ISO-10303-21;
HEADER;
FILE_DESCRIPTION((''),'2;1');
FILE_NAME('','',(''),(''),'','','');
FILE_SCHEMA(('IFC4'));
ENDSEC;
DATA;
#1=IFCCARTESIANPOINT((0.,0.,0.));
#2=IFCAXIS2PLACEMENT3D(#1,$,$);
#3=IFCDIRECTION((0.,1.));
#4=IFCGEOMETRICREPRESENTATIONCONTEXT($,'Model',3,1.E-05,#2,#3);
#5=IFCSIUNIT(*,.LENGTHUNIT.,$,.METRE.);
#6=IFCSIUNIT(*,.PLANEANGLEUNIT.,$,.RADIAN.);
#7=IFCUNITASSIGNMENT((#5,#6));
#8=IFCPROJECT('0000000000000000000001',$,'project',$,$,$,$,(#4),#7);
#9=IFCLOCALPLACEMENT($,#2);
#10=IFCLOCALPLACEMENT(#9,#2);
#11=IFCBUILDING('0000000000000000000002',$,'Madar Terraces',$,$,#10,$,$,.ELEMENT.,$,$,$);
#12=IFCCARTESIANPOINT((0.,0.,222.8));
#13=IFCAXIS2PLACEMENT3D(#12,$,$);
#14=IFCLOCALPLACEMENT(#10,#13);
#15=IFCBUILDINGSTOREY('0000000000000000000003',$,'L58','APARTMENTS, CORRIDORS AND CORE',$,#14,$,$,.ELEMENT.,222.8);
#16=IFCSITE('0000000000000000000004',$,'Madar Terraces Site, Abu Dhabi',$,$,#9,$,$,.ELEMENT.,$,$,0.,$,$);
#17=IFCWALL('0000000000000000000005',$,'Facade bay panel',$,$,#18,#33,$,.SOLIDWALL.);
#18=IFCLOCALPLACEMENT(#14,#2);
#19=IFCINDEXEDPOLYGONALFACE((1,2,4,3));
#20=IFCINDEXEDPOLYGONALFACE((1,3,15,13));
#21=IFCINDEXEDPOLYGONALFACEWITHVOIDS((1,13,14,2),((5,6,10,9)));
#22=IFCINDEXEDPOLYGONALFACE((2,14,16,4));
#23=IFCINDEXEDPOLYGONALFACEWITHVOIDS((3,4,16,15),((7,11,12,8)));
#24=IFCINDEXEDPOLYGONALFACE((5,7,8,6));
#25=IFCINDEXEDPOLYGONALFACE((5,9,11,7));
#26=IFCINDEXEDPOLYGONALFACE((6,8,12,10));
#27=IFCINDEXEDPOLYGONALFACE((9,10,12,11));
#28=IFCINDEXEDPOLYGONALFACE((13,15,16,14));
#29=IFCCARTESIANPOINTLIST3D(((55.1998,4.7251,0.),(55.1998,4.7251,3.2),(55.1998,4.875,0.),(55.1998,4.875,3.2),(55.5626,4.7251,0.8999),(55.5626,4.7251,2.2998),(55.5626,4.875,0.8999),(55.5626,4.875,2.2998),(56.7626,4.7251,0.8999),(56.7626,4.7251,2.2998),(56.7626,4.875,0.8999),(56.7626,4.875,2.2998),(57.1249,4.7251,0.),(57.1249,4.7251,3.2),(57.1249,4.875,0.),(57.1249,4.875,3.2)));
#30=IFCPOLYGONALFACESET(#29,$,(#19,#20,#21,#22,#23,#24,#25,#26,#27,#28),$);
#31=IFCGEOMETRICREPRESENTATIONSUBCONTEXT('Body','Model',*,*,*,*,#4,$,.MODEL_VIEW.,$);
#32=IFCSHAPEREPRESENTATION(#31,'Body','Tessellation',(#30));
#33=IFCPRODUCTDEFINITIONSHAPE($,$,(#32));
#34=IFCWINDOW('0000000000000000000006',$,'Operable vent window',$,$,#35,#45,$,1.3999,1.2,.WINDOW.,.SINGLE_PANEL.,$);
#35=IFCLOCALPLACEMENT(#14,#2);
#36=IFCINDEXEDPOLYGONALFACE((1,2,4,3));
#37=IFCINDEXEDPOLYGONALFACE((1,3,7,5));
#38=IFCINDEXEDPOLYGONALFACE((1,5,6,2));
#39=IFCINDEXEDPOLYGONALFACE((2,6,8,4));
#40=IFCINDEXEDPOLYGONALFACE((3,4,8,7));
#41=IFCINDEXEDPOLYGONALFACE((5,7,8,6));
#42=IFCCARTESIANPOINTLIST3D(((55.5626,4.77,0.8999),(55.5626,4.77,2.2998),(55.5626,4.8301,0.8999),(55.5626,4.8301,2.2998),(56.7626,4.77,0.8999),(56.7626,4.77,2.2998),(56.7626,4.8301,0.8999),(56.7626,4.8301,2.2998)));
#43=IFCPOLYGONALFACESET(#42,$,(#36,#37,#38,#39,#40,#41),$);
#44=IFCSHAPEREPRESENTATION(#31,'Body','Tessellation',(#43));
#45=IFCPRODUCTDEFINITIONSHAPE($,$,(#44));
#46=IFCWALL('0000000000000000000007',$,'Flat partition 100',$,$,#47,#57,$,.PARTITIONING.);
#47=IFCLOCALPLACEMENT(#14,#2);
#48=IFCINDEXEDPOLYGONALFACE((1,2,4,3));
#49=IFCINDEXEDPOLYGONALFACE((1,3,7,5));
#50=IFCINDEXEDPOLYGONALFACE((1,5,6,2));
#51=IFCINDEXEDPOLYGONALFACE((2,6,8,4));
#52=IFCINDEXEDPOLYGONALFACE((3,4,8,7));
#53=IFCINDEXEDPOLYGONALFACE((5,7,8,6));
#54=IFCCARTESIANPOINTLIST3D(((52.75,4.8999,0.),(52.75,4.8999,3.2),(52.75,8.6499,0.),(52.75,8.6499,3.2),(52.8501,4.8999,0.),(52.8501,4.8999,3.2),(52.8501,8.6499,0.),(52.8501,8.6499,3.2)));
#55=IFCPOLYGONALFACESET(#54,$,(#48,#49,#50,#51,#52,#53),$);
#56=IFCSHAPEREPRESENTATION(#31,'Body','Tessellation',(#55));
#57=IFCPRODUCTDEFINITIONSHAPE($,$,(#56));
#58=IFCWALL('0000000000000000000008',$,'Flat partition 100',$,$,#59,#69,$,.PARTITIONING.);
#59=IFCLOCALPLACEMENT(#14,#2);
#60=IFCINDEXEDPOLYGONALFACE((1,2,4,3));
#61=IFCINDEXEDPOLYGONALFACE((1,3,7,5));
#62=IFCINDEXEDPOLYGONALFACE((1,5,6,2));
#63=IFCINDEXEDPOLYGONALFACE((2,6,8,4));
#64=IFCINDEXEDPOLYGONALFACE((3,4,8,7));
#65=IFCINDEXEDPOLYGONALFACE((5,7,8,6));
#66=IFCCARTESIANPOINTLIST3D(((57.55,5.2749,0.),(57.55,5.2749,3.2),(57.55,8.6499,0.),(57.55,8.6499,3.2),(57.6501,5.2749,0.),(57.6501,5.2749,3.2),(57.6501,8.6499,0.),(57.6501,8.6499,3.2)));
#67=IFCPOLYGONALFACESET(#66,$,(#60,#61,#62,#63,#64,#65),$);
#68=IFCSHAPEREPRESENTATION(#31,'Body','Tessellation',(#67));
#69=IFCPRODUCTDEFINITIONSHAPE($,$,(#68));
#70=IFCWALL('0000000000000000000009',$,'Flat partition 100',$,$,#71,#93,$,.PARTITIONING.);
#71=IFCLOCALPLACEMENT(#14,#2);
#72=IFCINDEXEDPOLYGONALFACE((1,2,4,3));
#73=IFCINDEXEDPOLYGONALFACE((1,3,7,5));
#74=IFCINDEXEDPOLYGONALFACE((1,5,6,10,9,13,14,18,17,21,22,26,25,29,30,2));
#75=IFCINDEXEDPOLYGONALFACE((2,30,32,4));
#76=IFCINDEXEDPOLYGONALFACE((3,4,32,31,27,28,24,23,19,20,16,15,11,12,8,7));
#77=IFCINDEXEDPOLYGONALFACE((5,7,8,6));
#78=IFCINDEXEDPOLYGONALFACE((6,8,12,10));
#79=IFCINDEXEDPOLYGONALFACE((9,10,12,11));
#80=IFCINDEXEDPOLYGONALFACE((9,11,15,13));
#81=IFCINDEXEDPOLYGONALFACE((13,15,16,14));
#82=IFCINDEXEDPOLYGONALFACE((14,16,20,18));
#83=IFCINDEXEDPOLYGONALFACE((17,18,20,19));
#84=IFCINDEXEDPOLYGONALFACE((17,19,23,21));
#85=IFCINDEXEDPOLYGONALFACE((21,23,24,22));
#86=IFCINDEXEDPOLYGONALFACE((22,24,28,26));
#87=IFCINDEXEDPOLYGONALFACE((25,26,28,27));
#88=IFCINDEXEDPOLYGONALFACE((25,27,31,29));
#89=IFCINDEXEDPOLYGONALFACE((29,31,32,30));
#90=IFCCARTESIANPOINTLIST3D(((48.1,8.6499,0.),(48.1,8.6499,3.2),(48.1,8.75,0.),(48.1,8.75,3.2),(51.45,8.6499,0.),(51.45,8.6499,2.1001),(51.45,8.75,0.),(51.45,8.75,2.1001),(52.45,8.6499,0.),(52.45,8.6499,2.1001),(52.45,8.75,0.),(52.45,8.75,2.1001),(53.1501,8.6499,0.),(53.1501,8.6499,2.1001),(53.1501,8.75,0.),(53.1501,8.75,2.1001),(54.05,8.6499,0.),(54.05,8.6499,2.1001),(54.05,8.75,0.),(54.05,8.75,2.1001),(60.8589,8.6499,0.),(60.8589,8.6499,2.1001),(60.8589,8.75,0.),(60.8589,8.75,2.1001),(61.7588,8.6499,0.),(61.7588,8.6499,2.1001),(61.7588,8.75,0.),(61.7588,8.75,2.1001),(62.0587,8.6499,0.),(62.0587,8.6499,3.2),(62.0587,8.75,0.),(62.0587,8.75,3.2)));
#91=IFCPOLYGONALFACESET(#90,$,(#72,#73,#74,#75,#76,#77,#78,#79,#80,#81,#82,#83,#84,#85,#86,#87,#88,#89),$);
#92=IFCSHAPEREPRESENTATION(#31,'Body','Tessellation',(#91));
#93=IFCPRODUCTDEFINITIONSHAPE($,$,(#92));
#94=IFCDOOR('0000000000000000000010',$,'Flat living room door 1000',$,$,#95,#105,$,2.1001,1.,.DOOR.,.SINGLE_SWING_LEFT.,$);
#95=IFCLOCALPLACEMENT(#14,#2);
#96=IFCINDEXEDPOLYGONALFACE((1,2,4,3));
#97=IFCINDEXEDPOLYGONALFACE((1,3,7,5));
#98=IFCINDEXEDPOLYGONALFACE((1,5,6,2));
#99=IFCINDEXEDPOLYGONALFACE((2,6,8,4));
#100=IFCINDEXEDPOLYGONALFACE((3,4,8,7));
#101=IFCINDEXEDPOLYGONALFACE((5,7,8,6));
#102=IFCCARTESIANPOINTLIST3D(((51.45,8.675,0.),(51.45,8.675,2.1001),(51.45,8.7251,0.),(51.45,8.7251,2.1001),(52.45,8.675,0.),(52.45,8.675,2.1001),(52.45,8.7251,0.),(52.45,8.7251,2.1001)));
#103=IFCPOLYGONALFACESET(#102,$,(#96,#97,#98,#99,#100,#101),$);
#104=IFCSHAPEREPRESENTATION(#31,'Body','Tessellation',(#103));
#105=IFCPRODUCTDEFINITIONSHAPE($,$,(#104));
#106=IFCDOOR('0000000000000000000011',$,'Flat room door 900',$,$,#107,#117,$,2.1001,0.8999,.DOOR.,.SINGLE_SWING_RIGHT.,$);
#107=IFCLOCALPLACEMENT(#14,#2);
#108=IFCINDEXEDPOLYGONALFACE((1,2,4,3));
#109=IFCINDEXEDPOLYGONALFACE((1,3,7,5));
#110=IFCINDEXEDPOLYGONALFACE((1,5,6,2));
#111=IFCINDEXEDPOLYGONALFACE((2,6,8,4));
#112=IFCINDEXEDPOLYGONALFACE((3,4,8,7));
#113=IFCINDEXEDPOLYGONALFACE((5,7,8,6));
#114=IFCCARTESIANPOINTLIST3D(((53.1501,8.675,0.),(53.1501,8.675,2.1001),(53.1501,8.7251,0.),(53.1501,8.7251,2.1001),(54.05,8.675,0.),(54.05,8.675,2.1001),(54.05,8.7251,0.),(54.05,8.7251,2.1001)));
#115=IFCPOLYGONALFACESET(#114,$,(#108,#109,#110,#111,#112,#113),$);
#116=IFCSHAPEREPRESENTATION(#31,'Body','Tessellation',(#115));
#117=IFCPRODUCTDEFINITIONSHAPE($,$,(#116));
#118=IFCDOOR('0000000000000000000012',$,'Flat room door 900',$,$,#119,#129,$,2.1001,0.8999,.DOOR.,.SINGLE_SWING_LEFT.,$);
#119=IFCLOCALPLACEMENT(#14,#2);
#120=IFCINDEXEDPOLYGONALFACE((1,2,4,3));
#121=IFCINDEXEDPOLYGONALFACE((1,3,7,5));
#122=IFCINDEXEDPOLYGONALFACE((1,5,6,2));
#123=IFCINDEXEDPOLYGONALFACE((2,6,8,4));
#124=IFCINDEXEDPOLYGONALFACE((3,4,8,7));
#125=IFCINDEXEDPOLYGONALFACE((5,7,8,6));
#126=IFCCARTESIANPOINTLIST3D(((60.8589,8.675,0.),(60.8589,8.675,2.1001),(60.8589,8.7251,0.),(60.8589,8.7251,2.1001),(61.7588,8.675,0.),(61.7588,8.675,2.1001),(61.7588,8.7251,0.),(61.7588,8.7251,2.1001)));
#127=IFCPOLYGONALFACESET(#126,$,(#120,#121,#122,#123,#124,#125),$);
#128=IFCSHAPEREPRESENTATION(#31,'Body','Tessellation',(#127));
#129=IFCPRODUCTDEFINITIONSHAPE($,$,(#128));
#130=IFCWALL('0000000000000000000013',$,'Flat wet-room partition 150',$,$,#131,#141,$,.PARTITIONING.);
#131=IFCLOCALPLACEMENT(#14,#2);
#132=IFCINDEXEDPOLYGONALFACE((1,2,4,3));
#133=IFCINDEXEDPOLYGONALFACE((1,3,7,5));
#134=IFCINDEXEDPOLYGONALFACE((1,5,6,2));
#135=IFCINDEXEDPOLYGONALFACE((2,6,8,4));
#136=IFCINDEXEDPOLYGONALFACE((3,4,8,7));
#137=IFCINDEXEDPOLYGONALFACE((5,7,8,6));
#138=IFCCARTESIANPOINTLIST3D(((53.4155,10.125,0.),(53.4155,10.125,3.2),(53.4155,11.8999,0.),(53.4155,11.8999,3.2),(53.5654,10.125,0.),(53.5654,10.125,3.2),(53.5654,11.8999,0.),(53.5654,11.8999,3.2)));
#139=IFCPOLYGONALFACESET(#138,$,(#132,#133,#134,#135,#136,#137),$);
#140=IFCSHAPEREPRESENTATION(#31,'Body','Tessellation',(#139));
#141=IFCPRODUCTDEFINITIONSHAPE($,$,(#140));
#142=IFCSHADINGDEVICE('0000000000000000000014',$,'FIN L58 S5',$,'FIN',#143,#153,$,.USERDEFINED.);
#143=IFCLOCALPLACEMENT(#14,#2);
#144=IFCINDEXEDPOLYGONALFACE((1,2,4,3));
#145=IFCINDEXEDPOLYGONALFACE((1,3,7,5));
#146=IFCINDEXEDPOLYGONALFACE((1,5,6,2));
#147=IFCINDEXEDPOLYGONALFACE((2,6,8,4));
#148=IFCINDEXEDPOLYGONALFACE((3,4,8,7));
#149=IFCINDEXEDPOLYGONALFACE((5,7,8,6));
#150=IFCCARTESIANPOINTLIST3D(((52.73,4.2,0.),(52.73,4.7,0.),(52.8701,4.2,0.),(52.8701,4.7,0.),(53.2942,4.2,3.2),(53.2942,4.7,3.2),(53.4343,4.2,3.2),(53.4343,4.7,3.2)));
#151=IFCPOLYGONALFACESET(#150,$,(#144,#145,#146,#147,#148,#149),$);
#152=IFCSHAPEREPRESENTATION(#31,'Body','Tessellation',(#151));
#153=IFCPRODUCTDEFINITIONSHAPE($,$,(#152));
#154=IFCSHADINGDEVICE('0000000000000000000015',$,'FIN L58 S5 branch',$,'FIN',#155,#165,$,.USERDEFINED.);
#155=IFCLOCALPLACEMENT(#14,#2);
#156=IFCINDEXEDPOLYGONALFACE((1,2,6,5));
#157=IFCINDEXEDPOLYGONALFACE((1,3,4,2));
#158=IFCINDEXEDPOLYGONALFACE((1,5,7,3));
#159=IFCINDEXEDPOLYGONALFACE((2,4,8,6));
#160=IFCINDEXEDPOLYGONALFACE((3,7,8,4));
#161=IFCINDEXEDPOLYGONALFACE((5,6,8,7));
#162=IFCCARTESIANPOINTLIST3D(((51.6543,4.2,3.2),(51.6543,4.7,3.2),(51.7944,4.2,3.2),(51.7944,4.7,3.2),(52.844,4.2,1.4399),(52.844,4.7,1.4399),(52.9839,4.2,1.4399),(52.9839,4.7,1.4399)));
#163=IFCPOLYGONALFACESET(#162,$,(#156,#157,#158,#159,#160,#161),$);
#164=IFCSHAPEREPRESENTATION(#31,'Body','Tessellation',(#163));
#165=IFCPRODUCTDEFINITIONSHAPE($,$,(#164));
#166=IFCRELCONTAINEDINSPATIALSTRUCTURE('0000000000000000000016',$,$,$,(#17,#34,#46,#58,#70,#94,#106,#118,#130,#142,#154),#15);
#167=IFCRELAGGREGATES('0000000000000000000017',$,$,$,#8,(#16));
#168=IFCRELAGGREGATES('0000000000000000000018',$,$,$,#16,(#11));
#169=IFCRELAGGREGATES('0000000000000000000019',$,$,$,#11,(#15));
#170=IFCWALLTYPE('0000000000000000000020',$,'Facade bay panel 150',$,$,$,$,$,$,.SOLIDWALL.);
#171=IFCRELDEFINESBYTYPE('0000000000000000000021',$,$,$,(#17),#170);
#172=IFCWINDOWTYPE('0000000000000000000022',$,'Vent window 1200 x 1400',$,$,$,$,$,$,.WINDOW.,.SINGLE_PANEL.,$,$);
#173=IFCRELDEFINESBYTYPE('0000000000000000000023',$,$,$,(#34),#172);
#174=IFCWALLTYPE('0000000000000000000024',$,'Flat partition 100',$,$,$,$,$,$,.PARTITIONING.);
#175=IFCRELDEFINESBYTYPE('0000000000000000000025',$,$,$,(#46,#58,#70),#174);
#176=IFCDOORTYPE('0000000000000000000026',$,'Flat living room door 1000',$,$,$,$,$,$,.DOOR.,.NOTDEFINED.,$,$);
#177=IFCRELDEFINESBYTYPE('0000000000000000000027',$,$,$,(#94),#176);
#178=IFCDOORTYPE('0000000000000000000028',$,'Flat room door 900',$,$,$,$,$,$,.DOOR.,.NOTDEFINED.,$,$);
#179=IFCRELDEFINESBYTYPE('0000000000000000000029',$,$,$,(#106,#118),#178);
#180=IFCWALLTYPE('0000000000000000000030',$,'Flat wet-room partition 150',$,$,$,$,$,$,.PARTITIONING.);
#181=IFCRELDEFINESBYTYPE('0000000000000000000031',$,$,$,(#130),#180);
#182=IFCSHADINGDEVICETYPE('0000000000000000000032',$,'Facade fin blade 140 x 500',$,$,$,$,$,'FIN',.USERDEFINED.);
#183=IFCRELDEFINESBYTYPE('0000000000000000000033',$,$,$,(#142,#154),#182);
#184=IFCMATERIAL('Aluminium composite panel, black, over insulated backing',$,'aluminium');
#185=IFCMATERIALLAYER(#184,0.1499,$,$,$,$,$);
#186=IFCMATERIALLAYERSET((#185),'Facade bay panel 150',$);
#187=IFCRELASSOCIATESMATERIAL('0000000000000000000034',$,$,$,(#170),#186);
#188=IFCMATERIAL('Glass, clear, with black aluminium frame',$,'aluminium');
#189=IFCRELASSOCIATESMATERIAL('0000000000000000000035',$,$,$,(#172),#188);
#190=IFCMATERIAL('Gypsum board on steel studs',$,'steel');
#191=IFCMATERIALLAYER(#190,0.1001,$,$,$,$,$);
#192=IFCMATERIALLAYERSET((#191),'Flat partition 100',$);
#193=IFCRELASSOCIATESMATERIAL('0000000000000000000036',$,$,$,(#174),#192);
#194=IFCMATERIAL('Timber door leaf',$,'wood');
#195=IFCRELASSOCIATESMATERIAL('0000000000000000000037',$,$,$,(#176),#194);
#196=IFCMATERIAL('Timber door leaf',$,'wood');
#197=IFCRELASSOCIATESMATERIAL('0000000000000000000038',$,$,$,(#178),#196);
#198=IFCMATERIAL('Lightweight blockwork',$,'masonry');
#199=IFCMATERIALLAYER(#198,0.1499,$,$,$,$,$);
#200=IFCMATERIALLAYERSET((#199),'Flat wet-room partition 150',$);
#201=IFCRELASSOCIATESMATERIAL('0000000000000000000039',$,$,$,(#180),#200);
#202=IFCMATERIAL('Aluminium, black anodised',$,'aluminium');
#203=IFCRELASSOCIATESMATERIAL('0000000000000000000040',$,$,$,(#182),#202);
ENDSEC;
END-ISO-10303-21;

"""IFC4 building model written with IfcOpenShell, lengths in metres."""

from ifc_helpers import new_model, si_unit, direction, frame, frame_2d, origin, place, context, subcontext, project, spatial, polyline, rectangle, outline, extrude, material, layer, layer_set, type_object, element, fill, save


model = new_model("IFC4")

# Units and contexts
model_context = context("Model", 3, precision=1e-05, world=origin(), true_north=direction((0.0, 1.0)))
body_context = subcontext(model_context, "Body", "Model", "MODEL_VIEW")
ifc_project = project(units=[si_unit("LENGTHUNIT", "METRE"), si_unit("PLANEANGLEUNIT", "RADIAN")], contexts=[model_context])

# Site, building, storey
site_placement = place(None, origin())
site = spatial("IfcSite", under=ifc_project, at=site_placement, Name="Madar Terraces Site, Abu Dhabi", CompositionType="ELEMENT", RefElevation=0.0)
building_placement = place(site_placement, origin())
building = spatial("IfcBuilding", under=site, at=building_placement, Name="Madar Terraces", CompositionType="ELEMENT")
storey_placement = place(building_placement, frame((0.0, 0.0, 222.8)))
storey = spatial("IfcBuildingStorey", under=building, at=storey_placement, Name="L58", Description="APARTMENTS, CORRIDORS AND CORE", CompositionType="ELEMENT", Elevation=222.8)

# Shared definitions
ifc_material_1 = material(Name="Aluminium composite panel, black, over insulated backing", Category="aluminium")
ifc_layer_1 = layer(ifc_material_1, 0.1499)
ifc_layer_set_1 = layer_set([ifc_layer_1], Name="Facade bay panel 150")
wall_type_1 = type_object("IfcWallType", Name="Facade bay panel 150", PredefinedType="SOLIDWALL", material=ifc_layer_set_1)

# Wall, opening, window
wall_1_placement = place(storey_placement, frame((55.2, 4.8, 0.0), z_axis=(0.0, 0.0, 1.0), x_axis=(1.0, 0.0, 0.0)))
wall_1 = element("IfcWall", 1, at=wall_1_placement, inside=storey, type_object=wall_type_1, Name="Facade bay panel", PredefinedType="SOLIDWALL", context=body_context, shape_type="SweptSolid", body=[
    extrude(rectangle(XDim=1.925, YDim=0.1499, at=frame_2d((0.9624, 0.0))), origin(), (0.0, 0.0, 1.0), 3.2),
])
opening_1_placement = place(wall_1_placement, frame((0.3625, 0.0, 0.8999)))
opening_1 = element("IfcOpeningElement", 2, at=opening_1_placement, cuts=wall_1, PredefinedType="OPENING", context=body_context, shape_type="SweptSolid", body=[
    extrude(rectangle(XDim=1.2, YDim=1.3999, at=frame_2d((0.6001, 0.7))), frame((0.0, 0.085, 0.0), z_axis=(0.0, -1.0, 0.0), x_axis=(1.0, 0.0, 0.0)), (0.0, 0.0, 1.0), 0.1699),
])
ifc_material_2 = material(Name="Glass, clear, with black aluminium frame", Category="aluminium")
window_type = type_object("IfcWindowType", Name="Vent window 1200 x 1400", PartitioningType="SINGLE_PANEL", PredefinedType="WINDOW", material=ifc_material_2)
window_placement = place(opening_1_placement, origin())
window = element("IfcWindow", 3, at=window_placement, inside=storey, type_object=window_type, Name="Operable vent window", OverallHeight=1.3999, OverallWidth=1.2, PartitioningType="SINGLE_PANEL", PredefinedType="WINDOW", context=body_context, shape_type="SweptSolid", body=[
    extrude(rectangle(XDim=1.2, YDim=1.3999, at=frame_2d((0.6001, 0.7))), frame((0.0, 0.03, 0.0), z_axis=(0.0, -1.0, 0.0), x_axis=(1.0, 0.0, 0.0)), (0.0, 0.0, 1.0), 0.0601),
])
fill(opening_1, window)

# Walls
ifc_material_3 = material(Name="Gypsum board on steel studs", Category="steel")
ifc_layer_2 = layer(ifc_material_3, 0.1001)
ifc_layer_set_2 = layer_set([ifc_layer_2], Name="Flat partition 100")
wall_type_2 = type_object("IfcWallType", Name="Flat partition 100", PredefinedType="PARTITIONING", material=ifc_layer_set_2)
wall_2_placement = place(storey_placement, frame((52.8, 8.6499, 0.0), z_axis=(0.0, 0.0, 1.0), x_axis=(0.0, -1.0, 0.0)))
element("IfcWall", 4, at=wall_2_placement, inside=storey, type_object=wall_type_2, Name="Flat partition 100", PredefinedType="PARTITIONING", context=body_context, shape_type="SweptSolid", body=[
    extrude(rectangle(XDim=3.75, YDim=0.1001, at=frame_2d((1.875, 0.0))), origin(), (0.0, 0.0, 1.0), 3.2),
])
wall_3_placement = place(storey_placement, frame((57.6001, 8.6499, 0.0), z_axis=(0.0, 0.0, 1.0), x_axis=(0.0, -1.0, 0.0)))
element("IfcWall", 5, at=wall_3_placement, inside=storey, type_object=wall_type_2, Name="Flat partition 100", PredefinedType="PARTITIONING", context=body_context, shape_type="SweptSolid", body=[
    extrude(rectangle(XDim=3.375, YDim=0.1001, at=frame_2d((1.6875, 0.0))), origin(), (0.0, 0.0, 1.0), 3.2),
])

# Wall, openings, doors
wall_4_placement = place(storey_placement, frame((62.0588, 8.7, 0.0), z_axis=(0.0, 0.0, 1.0), x_axis=(-1.0, 0.0, 0.0)))
wall_4 = element("IfcWall", 6, at=wall_4_placement, inside=storey, type_object=wall_type_2, Name="Flat partition 100", PredefinedType="PARTITIONING", context=body_context, shape_type="SweptSolid", body=[
    extrude(rectangle(XDim=13.9587, YDim=0.1001, at=frame_2d((6.9795, 0.0))), origin(), (0.0, 0.0, 1.0), 3.2),
])
opening_2_placement = place(wall_4_placement, frame((9.6089, 0.0, 0.0)))
opening_2 = element("IfcOpeningElement", 7, at=opening_2_placement, cuts=wall_4, PredefinedType="OPENING", context=body_context, shape_type="SweptSolid", body=[
    extrude(rectangle(XDim=1.0, YDim=2.1001, at=frame_2d((0.5, 1.05))), frame((0.0, 0.0601, 0.0), z_axis=(0.0, -1.0, 0.0), x_axis=(1.0, 0.0, 0.0)), (0.0, 0.0, 1.0), 0.1201),
])
opening_3_placement = place(wall_4_placement, frame((8.0088, 0.0, 0.0)))
opening_3 = element("IfcOpeningElement", 8, at=opening_3_placement, cuts=wall_4, PredefinedType="OPENING", context=body_context, shape_type="SweptSolid", body=[
    extrude(rectangle(XDim=0.8999, YDim=2.1001, at=frame_2d((0.45, 1.05))), frame((0.0, 0.0601, 0.0), z_axis=(0.0, -1.0, 0.0), x_axis=(1.0, 0.0, 0.0)), (0.0, 0.0, 1.0), 0.1201),
])
opening_4_placement = place(wall_4_placement, frame((0.3, 0.0, 0.0)))
opening_4 = element("IfcOpeningElement", 9, at=opening_4_placement, cuts=wall_4, PredefinedType="OPENING", context=body_context, shape_type="SweptSolid", body=[
    extrude(rectangle(XDim=0.8999, YDim=2.1001, at=frame_2d((0.45, 1.05))), frame((0.0, 0.0601, 0.0), z_axis=(0.0, -1.0, 0.0), x_axis=(1.0, 0.0, 0.0)), (0.0, 0.0, 1.0), 0.1201),
])
ifc_material_4 = material(Name="Timber door leaf", Category="wood")
door_type_1 = type_object("IfcDoorType", Name="Flat living room door 1000", OperationType="NOTDEFINED", PredefinedType="DOOR", material=ifc_material_4)
door_1_placement = place(opening_2_placement, origin())
door_1 = element("IfcDoor", 10, at=door_1_placement, inside=storey, type_object=door_type_1, Name="Flat living room door 1000", OperationType="SINGLE_SWING_LEFT", OverallHeight=2.1001, OverallWidth=1.0, PredefinedType="DOOR", context=body_context, shape_type="SweptSolid", body=[
    extrude(rectangle(XDim=1.0, YDim=2.1001, at=frame_2d((0.5, 1.05))), frame((0.0, 0.0249, 0.0), z_axis=(0.0, -1.0, 0.0), x_axis=(1.0, 0.0, 0.0)), (0.0, 0.0, 1.0), 0.05),
])
fill(opening_2, door_1)
ifc_material_5 = material(Name="Timber door leaf", Category="wood")
door_type_2 = type_object("IfcDoorType", Name="Flat room door 900", OperationType="NOTDEFINED", PredefinedType="DOOR", material=ifc_material_5)
door_2_placement = place(opening_3_placement, origin())
door_2 = element("IfcDoor", 11, at=door_2_placement, inside=storey, type_object=door_type_2, Name="Flat room door 900", OperationType="SINGLE_SWING_RIGHT", OverallHeight=2.1001, OverallWidth=0.8999, PredefinedType="DOOR", context=body_context, shape_type="SweptSolid", body=[
    extrude(rectangle(XDim=0.8999, YDim=2.1001, at=frame_2d((0.45, 1.05))), frame((0.0, 0.0249, 0.0), z_axis=(0.0, -1.0, 0.0), x_axis=(1.0, 0.0, 0.0)), (0.0, 0.0, 1.0), 0.05),
])
fill(opening_3, door_2)
door_3_placement = place(opening_4_placement, origin())
door_3 = element("IfcDoor", 12, at=door_3_placement, inside=storey, type_object=door_type_2, Name="Flat room door 900", OperationType="SINGLE_SWING_LEFT", OverallHeight=2.1001, OverallWidth=0.8999, PredefinedType="DOOR", context=body_context, shape_type="SweptSolid", body=[
    extrude(rectangle(XDim=0.8999, YDim=2.1001, at=frame_2d((0.45, 1.05))), frame((0.0, 0.0249, 0.0), z_axis=(0.0, -1.0, 0.0), x_axis=(1.0, 0.0, 0.0)), (0.0, 0.0, 1.0), 0.05),
])
fill(opening_4, door_3)

# Wall
ifc_material_6 = material(Name="Lightweight blockwork", Category="masonry")
ifc_layer_3 = layer(ifc_material_6, 0.1499)
ifc_layer_set_3 = layer_set([ifc_layer_3], Name="Flat wet-room partition 150")
wall_type_3 = type_object("IfcWallType", Name="Flat wet-room partition 150", PredefinedType="PARTITIONING", material=ifc_layer_set_3)
wall_5_placement = place(storey_placement, frame((53.4905, 11.8999, 0.0), z_axis=(0.0, 0.0, 1.0), x_axis=(0.0, -1.0, 0.0)))
element("IfcWall", 13, at=wall_5_placement, inside=storey, type_object=wall_type_3, Name="Flat wet-room partition 150", PredefinedType="PARTITIONING", context=body_context, shape_type="SweptSolid", body=[
    extrude(rectangle(XDim=1.7749, YDim=0.1499, at=frame_2d((0.8875, 0.0))), origin(), (0.0, 0.0, 1.0), 3.2),
])

# Shading devices
ifc_material_7 = material(Name="Aluminium, black anodised", Category="aluminium")
shading_device_type = type_object("IfcShadingDeviceType", Name="Facade fin blade 140 x 500", ElementType="FIN", PredefinedType="USERDEFINED", material=ifc_material_7)
shading_device_1_placement = place(storey_placement, frame((52.73, 4.45, 0.0), z_axis=(0.0, 0.0, 1.0), x_axis=(1.0, 0.0, 0.0)))
element("IfcShadingDevice", 14, at=shading_device_1_placement, inside=storey, type_object=shading_device_type, Name="FIN L58 S5", ObjectType="FIN", PredefinedType="USERDEFINED", context=body_context, shape_type="SweptSolid", body=[
    extrude(outline(polyline([(0.0, 0.0), (0.1401, 0.0), (0.7043, 3.2), (0.5642, 3.2), (0.0, 0.0)])), frame((0.0, 0.25, 0.0), z_axis=(0.0, -1.0, 0.0), x_axis=(1.0, 0.0, 0.0)), (0.0, 0.0, 1.0), 0.5),
])
shading_device_2_placement = place(storey_placement, frame((52.844, 4.45, 1.4399), z_axis=(0.0, 0.0, 1.0), x_axis=(1.0, 0.0, 0.0)))
element("IfcShadingDevice", 15, at=shading_device_2_placement, inside=storey, type_object=shading_device_type, Name="FIN L58 S5 branch", ObjectType="FIN", PredefinedType="USERDEFINED", context=body_context, shape_type="SweptSolid", body=[
    extrude(outline(polyline([(0.0, 0.0), (0.1399, 0.0), (-1.0496, 1.76), (-1.1897, 1.76), (0.0, 0.0)])), frame((0.0, 0.25, 0.0), z_axis=(0.0, -1.0, 0.0), x_axis=(1.0, 0.0, 0.0)), (0.0, 0.0, 1.0), 0.5),
])

save(model, "model.ifc")
